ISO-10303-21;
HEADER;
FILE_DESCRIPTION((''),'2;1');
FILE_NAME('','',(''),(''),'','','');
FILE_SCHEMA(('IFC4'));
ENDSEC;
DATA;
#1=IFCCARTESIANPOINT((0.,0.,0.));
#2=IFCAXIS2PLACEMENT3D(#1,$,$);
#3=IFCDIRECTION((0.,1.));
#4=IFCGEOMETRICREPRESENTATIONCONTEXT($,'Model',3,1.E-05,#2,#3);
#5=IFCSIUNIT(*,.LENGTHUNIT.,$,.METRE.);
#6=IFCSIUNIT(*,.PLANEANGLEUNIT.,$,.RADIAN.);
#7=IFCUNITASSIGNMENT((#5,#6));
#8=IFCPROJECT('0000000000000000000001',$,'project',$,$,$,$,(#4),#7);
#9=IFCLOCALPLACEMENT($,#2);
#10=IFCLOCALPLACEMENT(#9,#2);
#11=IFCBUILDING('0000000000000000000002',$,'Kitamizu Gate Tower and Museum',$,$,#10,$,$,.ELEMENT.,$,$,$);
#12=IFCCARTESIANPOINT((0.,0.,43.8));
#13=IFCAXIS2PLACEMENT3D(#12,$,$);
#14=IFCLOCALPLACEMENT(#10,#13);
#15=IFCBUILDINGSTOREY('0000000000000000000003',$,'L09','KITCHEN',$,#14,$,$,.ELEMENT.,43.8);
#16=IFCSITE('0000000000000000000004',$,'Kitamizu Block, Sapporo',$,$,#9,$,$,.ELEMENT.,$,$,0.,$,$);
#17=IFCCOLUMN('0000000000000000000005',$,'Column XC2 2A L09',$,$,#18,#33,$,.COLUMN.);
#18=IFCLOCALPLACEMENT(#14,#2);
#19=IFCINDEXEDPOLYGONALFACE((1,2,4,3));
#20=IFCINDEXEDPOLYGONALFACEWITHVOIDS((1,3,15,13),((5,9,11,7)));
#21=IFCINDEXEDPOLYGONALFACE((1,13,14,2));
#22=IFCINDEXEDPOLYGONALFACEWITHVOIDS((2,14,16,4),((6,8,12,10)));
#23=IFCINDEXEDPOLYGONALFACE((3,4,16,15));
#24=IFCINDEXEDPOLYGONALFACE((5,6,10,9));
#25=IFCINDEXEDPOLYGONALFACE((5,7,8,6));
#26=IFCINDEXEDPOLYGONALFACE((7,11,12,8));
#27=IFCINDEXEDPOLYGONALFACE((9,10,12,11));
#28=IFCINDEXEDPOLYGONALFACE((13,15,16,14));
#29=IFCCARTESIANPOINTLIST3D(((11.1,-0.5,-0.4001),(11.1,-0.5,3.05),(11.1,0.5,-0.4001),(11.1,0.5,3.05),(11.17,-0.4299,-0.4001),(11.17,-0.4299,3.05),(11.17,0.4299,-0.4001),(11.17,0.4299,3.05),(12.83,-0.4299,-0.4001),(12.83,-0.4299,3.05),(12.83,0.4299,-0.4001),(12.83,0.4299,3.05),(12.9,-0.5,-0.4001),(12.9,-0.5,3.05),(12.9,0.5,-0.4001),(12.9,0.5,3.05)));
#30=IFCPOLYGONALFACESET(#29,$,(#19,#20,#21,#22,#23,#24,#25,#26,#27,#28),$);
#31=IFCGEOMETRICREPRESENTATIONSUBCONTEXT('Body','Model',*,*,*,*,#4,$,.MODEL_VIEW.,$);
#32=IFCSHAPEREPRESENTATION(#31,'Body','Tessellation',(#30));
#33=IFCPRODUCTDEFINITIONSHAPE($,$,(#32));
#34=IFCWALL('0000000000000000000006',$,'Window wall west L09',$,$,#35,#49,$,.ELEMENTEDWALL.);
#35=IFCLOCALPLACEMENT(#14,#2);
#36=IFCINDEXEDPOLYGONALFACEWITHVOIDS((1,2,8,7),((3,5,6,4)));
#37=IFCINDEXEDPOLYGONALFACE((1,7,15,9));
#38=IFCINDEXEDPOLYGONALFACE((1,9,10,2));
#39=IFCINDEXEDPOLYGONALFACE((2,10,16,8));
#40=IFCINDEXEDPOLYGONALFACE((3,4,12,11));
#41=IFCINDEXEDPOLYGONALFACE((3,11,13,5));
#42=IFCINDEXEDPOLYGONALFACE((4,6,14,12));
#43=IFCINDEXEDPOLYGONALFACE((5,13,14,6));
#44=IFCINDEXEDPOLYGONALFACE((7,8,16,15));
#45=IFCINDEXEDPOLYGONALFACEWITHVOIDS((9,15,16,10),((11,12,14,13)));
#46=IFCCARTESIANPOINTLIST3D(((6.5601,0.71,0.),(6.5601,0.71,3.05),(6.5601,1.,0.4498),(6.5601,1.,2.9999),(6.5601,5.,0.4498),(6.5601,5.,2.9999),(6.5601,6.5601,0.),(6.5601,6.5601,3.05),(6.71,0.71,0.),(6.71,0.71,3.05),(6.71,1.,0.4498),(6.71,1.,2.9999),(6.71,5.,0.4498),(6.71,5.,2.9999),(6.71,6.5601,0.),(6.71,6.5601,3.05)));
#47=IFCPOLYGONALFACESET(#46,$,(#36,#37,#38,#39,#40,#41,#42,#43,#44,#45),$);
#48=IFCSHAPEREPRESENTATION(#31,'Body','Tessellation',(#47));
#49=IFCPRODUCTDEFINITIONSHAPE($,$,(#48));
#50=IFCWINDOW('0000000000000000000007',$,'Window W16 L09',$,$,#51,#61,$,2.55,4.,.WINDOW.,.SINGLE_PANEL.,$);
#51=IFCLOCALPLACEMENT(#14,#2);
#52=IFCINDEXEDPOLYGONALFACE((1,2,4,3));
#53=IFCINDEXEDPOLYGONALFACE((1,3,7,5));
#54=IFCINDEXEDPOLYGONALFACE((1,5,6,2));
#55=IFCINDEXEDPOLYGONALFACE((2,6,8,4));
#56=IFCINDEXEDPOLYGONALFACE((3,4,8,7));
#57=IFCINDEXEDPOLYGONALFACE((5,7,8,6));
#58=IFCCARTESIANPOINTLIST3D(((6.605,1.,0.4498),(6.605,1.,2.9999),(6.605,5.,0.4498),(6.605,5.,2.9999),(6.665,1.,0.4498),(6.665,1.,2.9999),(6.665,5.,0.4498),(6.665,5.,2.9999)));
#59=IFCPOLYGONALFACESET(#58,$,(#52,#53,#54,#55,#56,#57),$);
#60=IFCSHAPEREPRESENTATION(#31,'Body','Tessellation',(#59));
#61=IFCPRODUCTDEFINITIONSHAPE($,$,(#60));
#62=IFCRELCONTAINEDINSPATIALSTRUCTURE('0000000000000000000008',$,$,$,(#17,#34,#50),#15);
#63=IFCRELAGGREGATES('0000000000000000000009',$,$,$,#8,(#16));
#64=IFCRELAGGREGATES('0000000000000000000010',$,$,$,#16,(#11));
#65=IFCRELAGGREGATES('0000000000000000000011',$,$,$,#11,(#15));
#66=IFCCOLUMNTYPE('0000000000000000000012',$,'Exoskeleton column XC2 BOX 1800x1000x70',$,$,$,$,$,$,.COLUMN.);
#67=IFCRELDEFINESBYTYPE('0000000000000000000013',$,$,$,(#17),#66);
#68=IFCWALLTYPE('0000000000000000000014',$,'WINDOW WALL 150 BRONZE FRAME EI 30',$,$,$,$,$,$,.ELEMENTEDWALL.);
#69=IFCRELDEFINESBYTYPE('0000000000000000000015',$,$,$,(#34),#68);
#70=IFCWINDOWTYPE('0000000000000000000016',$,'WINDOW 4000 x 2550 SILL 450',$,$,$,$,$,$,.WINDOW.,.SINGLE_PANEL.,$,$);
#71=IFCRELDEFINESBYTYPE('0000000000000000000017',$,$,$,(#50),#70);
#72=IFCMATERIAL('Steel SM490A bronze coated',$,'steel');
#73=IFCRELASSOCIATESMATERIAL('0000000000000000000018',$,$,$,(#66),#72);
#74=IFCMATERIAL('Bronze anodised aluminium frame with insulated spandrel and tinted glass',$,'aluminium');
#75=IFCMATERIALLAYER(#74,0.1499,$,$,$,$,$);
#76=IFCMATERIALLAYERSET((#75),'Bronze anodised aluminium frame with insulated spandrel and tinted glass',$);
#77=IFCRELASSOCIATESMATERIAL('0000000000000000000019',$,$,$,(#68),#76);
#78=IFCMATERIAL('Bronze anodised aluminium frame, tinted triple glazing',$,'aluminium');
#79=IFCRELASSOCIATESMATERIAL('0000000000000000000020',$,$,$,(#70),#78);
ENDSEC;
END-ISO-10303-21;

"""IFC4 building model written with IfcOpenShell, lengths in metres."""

from ifc_helpers import new_model, si_unit, direction, frame, frame_2d, origin, origin_2d, place, context, subcontext, project, spatial, rectangle, hollow_rectangle, extrude, material, layer, layer_set, material_profile, profile_set, type_object, element, fill, save


model = new_model("IFC4")

# Units and contexts
model_context = context("Model", 3, precision=1e-05, world=origin(), true_north=direction((0.0, 1.0)))
body_context = subcontext(model_context, "Body", "Model", "MODEL_VIEW")
ifc_project = project(units=[si_unit("LENGTHUNIT", "METRE"), si_unit("PLANEANGLEUNIT", "RADIAN")], contexts=[model_context])

# Site, building, storey
site_placement = place(None, origin())
site = spatial("IfcSite", under=ifc_project, at=site_placement, Name="Kitamizu Block, Sapporo", CompositionType="ELEMENT", RefElevation=0.0)
building_placement = place(site_placement, origin())
building = spatial("IfcBuilding", under=site, at=building_placement, Name="Kitamizu Gate Tower and Museum", CompositionType="ELEMENT")
storey_placement = place(building_placement, frame((0.0, 0.0, 43.8)))
storey = spatial("IfcBuildingStorey", under=building, at=storey_placement, Name="L09", Description="KITCHEN", CompositionType="ELEMENT", Elevation=43.8)

# Column
ifc_material_1 = material(Name="Steel SM490A bronze coated", Category="steel")
ifc_material_profile = material_profile(ifc_material_1, hollow_rectangle(XDim=1.8, YDim=1.0, WallThickness=0.0701, at=origin_2d()), Name="BOX 1800x1000x70")
ifc_profile_set = profile_set([ifc_material_profile], Name="Steel SM490A bronze coated")
column_type = type_object("IfcColumnType", Name="Exoskeleton column XC2 BOX 1800x1000x70", PredefinedType="COLUMN", material=ifc_profile_set)
column_placement = place(storey_placement, frame((12.0, 0.0, -0.4001), z_axis=(0.0, 0.0, 1.0), x_axis=(1.0, 0.0, 0.0)))
element("IfcColumn", 1, at=column_placement, inside=storey, type_object=column_type, Name="Column XC2 2A L09", PredefinedType="COLUMN", context=body_context, shape_type="SweptSolid", body=[
    extrude(hollow_rectangle(XDim=1.8, YDim=1.0, WallThickness=0.0701, at=origin_2d()), origin(), (0.0, 0.0, 1.0), 3.4502),
])

# Wall, opening, window
ifc_material_2 = material(Name="Bronze anodised aluminium frame with insulated spandrel and tinted glass", Category="aluminium")
ifc_layer = layer(ifc_material_2, 0.1499)
ifc_layer_set = layer_set([ifc_layer], Name="Bronze anodised aluminium frame with insulated spandrel and tinted glass")
wall_type = type_object("IfcWallType", Name="WINDOW WALL 150 BRONZE FRAME EI 30", PredefinedType="ELEMENTEDWALL", material=ifc_layer_set)
wall_placement = place(storey_placement, frame((6.635, 0.71, 0.0), z_axis=(0.0, 0.0, 1.0), x_axis=(0.0, 1.0, 0.0)))
wall = element("IfcWall", 2, at=wall_placement, inside=storey, type_object=wall_type, Name="Window wall west L09", PredefinedType="ELEMENTEDWALL", context=body_context, shape_type="SweptSolid", body=[
    extrude(rectangle(XDim=5.8501, YDim=0.1499, at=frame_2d((2.925, 0.0))), origin(), (0.0, 0.0, 1.0), 3.05),
])
opening_placement = place(wall_placement, frame((0.29, 0.0, 0.45)))
opening = element("IfcOpeningElement", 3, at=opening_placement, cuts=wall, PredefinedType="OPENING", context=body_context, shape_type="SweptSolid", body=[
    extrude(rectangle(XDim=4.0, YDim=2.55, at=frame_2d((2.0, 1.2749))), frame((0.0, 0.085, 0.0), z_axis=(0.0, -1.0, 0.0), x_axis=(1.0, 0.0, 0.0)), (0.0, 0.0, 1.0), 0.1699),
])
ifc_material_3 = material(Name="Bronze anodised aluminium frame, tinted triple glazing", Category="aluminium")
window_type = type_object("IfcWindowType", Name="WINDOW 4000 x 2550 SILL 450", PartitioningType="SINGLE_PANEL", PredefinedType="WINDOW", material=ifc_material_3)
window_placement = place(opening_placement, origin())
window = element("IfcWindow", 4, at=window_placement, inside=storey, type_object=window_type, Name="Window W16 L09", OverallHeight=2.55, OverallWidth=4.0, PartitioningType="SINGLE_PANEL", PredefinedType="WINDOW", context=body_context, shape_type="SweptSolid", body=[
    extrude(rectangle(XDim=4.0, YDim=2.55, at=frame_2d((2.0, 1.2749))), frame((0.0, 0.03, 0.0), z_axis=(0.0, -1.0, 0.0), x_axis=(1.0, 0.0, 0.0)), (0.0, 0.0, 1.0), 0.0601),
])
fill(opening, window)

save(model, "model.ifc")
